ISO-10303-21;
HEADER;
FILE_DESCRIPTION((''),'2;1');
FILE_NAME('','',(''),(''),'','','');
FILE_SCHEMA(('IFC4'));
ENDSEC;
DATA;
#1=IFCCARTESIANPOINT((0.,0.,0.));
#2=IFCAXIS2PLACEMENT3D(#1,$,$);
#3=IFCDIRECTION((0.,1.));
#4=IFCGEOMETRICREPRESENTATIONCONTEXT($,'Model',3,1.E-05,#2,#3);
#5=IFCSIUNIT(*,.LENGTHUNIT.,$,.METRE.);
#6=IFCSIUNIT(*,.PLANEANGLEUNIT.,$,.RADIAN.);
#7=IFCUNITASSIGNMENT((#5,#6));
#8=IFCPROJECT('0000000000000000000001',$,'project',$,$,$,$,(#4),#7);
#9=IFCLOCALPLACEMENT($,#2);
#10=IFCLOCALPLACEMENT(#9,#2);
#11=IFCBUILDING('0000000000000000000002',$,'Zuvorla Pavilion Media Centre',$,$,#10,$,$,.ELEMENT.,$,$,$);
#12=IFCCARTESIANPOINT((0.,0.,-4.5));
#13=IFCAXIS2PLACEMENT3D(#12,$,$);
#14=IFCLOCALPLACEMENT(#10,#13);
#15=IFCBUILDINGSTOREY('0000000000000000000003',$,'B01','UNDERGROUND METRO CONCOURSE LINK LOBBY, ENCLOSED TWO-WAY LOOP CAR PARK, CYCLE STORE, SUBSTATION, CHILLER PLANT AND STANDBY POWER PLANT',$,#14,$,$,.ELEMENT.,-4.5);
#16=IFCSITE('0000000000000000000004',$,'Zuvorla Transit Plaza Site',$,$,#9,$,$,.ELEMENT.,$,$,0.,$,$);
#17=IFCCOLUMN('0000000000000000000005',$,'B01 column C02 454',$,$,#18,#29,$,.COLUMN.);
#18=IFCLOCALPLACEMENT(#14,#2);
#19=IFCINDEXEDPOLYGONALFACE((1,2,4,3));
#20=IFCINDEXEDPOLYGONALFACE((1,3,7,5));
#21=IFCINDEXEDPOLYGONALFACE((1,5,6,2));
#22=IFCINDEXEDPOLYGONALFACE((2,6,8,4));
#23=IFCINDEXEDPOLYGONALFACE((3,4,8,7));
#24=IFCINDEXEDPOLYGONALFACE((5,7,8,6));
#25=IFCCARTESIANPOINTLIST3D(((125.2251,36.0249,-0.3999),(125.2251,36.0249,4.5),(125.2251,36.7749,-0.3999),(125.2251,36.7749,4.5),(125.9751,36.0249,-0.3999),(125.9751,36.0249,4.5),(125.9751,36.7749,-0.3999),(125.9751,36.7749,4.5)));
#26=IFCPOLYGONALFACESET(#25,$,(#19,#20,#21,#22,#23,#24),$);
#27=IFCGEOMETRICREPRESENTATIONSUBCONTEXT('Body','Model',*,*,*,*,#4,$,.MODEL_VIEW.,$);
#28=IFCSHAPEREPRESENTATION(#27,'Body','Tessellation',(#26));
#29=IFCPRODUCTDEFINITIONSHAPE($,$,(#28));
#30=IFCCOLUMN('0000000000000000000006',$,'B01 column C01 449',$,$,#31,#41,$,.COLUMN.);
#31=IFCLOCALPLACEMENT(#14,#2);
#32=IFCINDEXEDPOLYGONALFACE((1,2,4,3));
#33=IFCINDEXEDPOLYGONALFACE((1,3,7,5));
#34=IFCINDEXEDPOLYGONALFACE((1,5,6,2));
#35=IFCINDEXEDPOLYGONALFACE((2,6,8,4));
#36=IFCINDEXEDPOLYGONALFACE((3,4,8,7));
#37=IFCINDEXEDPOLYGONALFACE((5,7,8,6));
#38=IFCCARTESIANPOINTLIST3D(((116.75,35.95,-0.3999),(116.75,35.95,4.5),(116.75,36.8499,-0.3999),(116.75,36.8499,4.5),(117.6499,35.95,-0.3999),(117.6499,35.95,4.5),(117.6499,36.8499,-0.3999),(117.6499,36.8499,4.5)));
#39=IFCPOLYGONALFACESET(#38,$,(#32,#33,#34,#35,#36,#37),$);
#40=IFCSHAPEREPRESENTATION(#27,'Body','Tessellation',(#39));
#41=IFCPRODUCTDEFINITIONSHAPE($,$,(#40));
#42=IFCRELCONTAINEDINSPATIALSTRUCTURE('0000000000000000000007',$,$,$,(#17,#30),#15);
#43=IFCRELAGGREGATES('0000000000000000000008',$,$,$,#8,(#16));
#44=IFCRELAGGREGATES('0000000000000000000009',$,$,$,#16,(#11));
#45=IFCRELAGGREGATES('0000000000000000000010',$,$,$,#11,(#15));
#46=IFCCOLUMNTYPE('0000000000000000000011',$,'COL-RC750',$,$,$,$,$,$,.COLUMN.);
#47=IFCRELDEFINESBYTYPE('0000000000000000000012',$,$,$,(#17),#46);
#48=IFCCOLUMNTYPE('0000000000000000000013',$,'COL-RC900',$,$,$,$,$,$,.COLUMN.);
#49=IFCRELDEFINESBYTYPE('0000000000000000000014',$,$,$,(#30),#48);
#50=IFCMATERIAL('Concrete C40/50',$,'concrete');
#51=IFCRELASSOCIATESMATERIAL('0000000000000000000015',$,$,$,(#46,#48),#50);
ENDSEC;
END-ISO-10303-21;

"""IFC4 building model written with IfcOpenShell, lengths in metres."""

from ifc_helpers import new_model, si_unit, direction, frame, origin, origin_2d, place, context, subcontext, project, spatial, rectangle, extrude, material, material_profile, profile_set, type_object, element, save


model = new_model("IFC4")

# Units and contexts
model_context = context("Model", 3, precision=1e-05, world=origin(), true_north=direction((0.0, 1.0)))
body_context = subcontext(model_context, "Body", "Model", "MODEL_VIEW")
ifc_project = project(units=[si_unit("LENGTHUNIT", "METRE"), si_unit("PLANEANGLEUNIT", "RADIAN")], contexts=[model_context])

# Site, building, storey
site_placement = place(None, origin())
site = spatial("IfcSite", under=ifc_project, at=site_placement, Name="Zuvorla Transit Plaza Site", CompositionType="ELEMENT", RefElevation=0.0)
building_placement = place(site_placement, origin())
building = spatial("IfcBuilding", under=site, at=building_placement, Name="Zuvorla Pavilion Media Centre", CompositionType="ELEMENT")
storey_placement = place(building_placement, frame((0.0, 0.0, -4.5)))
storey = spatial("IfcBuildingStorey", under=building, at=storey_placement, Name="B01", Description="UNDERGROUND METRO CONCOURSE LINK LOBBY, ENCLOSED TWO-WAY LOOP CAR PARK, CYCLE STORE, SUBSTATION, CHILLER PLANT AND STANDBY POWER PLANT", CompositionType="ELEMENT", Elevation=-4.5)

# Shared definitions
ifc_material = material(Name="Concrete C40/50", Category="concrete")

# Columns
ifc_material_profile_1 = material_profile(ifc_material, rectangle(XDim=0.75, YDim=0.75, at=origin_2d()), Name="RC 750x750")
ifc_profile_set_1 = profile_set([ifc_material_profile_1], Name="Concrete C40/50")
column_type_1 = type_object("IfcColumnType", Name="COL-RC750", PredefinedType="COLUMN", material=ifc_profile_set_1)
for number, where, z_axis, x_axis, name in (
    (1, (125.6001, 36.3999, -0.3999), (0.0, 0.0, 1.0), (1.0, 0.0, 0.0), "B01 column C02 454"),
):
    element("IfcColumn", number, at=place(storey_placement, frame(where, z_axis=z_axis, x_axis=x_axis)), inside=storey, type_object=column_type_1, Name=name, PredefinedType="COLUMN", context=body_context, shape_type="SweptSolid", body=[
        extrude(rectangle(XDim=0.75, YDim=0.75, at=origin_2d()), origin(), (0.0, 0.0, 1.0), 4.8999),
    ])
ifc_material_profile_2 = material_profile(ifc_material, rectangle(XDim=0.8999, YDim=0.8999, at=origin_2d()), Name="RC 900x900")
ifc_profile_set_2 = profile_set([ifc_material_profile_2], Name="Concrete C40/50")
column_type_2 = type_object("IfcColumnType", Name="COL-RC900", PredefinedType="COLUMN", material=ifc_profile_set_2)
column_placement = place(storey_placement, frame((117.2, 36.3999, -0.3999), z_axis=(0.0, 0.0, 1.0), x_axis=(1.0, 0.0, 0.0)))
element("IfcColumn", 2, at=column_placement, inside=storey, type_object=column_type_2, Name="B01 column C01 449", PredefinedType="COLUMN", context=body_context, shape_type="SweptSolid", body=[
    extrude(rectangle(XDim=0.8999, YDim=0.8999, at=origin_2d()), origin(), (0.0, 0.0, 1.0), 4.8999),
])

save(model, "model.ifc")
